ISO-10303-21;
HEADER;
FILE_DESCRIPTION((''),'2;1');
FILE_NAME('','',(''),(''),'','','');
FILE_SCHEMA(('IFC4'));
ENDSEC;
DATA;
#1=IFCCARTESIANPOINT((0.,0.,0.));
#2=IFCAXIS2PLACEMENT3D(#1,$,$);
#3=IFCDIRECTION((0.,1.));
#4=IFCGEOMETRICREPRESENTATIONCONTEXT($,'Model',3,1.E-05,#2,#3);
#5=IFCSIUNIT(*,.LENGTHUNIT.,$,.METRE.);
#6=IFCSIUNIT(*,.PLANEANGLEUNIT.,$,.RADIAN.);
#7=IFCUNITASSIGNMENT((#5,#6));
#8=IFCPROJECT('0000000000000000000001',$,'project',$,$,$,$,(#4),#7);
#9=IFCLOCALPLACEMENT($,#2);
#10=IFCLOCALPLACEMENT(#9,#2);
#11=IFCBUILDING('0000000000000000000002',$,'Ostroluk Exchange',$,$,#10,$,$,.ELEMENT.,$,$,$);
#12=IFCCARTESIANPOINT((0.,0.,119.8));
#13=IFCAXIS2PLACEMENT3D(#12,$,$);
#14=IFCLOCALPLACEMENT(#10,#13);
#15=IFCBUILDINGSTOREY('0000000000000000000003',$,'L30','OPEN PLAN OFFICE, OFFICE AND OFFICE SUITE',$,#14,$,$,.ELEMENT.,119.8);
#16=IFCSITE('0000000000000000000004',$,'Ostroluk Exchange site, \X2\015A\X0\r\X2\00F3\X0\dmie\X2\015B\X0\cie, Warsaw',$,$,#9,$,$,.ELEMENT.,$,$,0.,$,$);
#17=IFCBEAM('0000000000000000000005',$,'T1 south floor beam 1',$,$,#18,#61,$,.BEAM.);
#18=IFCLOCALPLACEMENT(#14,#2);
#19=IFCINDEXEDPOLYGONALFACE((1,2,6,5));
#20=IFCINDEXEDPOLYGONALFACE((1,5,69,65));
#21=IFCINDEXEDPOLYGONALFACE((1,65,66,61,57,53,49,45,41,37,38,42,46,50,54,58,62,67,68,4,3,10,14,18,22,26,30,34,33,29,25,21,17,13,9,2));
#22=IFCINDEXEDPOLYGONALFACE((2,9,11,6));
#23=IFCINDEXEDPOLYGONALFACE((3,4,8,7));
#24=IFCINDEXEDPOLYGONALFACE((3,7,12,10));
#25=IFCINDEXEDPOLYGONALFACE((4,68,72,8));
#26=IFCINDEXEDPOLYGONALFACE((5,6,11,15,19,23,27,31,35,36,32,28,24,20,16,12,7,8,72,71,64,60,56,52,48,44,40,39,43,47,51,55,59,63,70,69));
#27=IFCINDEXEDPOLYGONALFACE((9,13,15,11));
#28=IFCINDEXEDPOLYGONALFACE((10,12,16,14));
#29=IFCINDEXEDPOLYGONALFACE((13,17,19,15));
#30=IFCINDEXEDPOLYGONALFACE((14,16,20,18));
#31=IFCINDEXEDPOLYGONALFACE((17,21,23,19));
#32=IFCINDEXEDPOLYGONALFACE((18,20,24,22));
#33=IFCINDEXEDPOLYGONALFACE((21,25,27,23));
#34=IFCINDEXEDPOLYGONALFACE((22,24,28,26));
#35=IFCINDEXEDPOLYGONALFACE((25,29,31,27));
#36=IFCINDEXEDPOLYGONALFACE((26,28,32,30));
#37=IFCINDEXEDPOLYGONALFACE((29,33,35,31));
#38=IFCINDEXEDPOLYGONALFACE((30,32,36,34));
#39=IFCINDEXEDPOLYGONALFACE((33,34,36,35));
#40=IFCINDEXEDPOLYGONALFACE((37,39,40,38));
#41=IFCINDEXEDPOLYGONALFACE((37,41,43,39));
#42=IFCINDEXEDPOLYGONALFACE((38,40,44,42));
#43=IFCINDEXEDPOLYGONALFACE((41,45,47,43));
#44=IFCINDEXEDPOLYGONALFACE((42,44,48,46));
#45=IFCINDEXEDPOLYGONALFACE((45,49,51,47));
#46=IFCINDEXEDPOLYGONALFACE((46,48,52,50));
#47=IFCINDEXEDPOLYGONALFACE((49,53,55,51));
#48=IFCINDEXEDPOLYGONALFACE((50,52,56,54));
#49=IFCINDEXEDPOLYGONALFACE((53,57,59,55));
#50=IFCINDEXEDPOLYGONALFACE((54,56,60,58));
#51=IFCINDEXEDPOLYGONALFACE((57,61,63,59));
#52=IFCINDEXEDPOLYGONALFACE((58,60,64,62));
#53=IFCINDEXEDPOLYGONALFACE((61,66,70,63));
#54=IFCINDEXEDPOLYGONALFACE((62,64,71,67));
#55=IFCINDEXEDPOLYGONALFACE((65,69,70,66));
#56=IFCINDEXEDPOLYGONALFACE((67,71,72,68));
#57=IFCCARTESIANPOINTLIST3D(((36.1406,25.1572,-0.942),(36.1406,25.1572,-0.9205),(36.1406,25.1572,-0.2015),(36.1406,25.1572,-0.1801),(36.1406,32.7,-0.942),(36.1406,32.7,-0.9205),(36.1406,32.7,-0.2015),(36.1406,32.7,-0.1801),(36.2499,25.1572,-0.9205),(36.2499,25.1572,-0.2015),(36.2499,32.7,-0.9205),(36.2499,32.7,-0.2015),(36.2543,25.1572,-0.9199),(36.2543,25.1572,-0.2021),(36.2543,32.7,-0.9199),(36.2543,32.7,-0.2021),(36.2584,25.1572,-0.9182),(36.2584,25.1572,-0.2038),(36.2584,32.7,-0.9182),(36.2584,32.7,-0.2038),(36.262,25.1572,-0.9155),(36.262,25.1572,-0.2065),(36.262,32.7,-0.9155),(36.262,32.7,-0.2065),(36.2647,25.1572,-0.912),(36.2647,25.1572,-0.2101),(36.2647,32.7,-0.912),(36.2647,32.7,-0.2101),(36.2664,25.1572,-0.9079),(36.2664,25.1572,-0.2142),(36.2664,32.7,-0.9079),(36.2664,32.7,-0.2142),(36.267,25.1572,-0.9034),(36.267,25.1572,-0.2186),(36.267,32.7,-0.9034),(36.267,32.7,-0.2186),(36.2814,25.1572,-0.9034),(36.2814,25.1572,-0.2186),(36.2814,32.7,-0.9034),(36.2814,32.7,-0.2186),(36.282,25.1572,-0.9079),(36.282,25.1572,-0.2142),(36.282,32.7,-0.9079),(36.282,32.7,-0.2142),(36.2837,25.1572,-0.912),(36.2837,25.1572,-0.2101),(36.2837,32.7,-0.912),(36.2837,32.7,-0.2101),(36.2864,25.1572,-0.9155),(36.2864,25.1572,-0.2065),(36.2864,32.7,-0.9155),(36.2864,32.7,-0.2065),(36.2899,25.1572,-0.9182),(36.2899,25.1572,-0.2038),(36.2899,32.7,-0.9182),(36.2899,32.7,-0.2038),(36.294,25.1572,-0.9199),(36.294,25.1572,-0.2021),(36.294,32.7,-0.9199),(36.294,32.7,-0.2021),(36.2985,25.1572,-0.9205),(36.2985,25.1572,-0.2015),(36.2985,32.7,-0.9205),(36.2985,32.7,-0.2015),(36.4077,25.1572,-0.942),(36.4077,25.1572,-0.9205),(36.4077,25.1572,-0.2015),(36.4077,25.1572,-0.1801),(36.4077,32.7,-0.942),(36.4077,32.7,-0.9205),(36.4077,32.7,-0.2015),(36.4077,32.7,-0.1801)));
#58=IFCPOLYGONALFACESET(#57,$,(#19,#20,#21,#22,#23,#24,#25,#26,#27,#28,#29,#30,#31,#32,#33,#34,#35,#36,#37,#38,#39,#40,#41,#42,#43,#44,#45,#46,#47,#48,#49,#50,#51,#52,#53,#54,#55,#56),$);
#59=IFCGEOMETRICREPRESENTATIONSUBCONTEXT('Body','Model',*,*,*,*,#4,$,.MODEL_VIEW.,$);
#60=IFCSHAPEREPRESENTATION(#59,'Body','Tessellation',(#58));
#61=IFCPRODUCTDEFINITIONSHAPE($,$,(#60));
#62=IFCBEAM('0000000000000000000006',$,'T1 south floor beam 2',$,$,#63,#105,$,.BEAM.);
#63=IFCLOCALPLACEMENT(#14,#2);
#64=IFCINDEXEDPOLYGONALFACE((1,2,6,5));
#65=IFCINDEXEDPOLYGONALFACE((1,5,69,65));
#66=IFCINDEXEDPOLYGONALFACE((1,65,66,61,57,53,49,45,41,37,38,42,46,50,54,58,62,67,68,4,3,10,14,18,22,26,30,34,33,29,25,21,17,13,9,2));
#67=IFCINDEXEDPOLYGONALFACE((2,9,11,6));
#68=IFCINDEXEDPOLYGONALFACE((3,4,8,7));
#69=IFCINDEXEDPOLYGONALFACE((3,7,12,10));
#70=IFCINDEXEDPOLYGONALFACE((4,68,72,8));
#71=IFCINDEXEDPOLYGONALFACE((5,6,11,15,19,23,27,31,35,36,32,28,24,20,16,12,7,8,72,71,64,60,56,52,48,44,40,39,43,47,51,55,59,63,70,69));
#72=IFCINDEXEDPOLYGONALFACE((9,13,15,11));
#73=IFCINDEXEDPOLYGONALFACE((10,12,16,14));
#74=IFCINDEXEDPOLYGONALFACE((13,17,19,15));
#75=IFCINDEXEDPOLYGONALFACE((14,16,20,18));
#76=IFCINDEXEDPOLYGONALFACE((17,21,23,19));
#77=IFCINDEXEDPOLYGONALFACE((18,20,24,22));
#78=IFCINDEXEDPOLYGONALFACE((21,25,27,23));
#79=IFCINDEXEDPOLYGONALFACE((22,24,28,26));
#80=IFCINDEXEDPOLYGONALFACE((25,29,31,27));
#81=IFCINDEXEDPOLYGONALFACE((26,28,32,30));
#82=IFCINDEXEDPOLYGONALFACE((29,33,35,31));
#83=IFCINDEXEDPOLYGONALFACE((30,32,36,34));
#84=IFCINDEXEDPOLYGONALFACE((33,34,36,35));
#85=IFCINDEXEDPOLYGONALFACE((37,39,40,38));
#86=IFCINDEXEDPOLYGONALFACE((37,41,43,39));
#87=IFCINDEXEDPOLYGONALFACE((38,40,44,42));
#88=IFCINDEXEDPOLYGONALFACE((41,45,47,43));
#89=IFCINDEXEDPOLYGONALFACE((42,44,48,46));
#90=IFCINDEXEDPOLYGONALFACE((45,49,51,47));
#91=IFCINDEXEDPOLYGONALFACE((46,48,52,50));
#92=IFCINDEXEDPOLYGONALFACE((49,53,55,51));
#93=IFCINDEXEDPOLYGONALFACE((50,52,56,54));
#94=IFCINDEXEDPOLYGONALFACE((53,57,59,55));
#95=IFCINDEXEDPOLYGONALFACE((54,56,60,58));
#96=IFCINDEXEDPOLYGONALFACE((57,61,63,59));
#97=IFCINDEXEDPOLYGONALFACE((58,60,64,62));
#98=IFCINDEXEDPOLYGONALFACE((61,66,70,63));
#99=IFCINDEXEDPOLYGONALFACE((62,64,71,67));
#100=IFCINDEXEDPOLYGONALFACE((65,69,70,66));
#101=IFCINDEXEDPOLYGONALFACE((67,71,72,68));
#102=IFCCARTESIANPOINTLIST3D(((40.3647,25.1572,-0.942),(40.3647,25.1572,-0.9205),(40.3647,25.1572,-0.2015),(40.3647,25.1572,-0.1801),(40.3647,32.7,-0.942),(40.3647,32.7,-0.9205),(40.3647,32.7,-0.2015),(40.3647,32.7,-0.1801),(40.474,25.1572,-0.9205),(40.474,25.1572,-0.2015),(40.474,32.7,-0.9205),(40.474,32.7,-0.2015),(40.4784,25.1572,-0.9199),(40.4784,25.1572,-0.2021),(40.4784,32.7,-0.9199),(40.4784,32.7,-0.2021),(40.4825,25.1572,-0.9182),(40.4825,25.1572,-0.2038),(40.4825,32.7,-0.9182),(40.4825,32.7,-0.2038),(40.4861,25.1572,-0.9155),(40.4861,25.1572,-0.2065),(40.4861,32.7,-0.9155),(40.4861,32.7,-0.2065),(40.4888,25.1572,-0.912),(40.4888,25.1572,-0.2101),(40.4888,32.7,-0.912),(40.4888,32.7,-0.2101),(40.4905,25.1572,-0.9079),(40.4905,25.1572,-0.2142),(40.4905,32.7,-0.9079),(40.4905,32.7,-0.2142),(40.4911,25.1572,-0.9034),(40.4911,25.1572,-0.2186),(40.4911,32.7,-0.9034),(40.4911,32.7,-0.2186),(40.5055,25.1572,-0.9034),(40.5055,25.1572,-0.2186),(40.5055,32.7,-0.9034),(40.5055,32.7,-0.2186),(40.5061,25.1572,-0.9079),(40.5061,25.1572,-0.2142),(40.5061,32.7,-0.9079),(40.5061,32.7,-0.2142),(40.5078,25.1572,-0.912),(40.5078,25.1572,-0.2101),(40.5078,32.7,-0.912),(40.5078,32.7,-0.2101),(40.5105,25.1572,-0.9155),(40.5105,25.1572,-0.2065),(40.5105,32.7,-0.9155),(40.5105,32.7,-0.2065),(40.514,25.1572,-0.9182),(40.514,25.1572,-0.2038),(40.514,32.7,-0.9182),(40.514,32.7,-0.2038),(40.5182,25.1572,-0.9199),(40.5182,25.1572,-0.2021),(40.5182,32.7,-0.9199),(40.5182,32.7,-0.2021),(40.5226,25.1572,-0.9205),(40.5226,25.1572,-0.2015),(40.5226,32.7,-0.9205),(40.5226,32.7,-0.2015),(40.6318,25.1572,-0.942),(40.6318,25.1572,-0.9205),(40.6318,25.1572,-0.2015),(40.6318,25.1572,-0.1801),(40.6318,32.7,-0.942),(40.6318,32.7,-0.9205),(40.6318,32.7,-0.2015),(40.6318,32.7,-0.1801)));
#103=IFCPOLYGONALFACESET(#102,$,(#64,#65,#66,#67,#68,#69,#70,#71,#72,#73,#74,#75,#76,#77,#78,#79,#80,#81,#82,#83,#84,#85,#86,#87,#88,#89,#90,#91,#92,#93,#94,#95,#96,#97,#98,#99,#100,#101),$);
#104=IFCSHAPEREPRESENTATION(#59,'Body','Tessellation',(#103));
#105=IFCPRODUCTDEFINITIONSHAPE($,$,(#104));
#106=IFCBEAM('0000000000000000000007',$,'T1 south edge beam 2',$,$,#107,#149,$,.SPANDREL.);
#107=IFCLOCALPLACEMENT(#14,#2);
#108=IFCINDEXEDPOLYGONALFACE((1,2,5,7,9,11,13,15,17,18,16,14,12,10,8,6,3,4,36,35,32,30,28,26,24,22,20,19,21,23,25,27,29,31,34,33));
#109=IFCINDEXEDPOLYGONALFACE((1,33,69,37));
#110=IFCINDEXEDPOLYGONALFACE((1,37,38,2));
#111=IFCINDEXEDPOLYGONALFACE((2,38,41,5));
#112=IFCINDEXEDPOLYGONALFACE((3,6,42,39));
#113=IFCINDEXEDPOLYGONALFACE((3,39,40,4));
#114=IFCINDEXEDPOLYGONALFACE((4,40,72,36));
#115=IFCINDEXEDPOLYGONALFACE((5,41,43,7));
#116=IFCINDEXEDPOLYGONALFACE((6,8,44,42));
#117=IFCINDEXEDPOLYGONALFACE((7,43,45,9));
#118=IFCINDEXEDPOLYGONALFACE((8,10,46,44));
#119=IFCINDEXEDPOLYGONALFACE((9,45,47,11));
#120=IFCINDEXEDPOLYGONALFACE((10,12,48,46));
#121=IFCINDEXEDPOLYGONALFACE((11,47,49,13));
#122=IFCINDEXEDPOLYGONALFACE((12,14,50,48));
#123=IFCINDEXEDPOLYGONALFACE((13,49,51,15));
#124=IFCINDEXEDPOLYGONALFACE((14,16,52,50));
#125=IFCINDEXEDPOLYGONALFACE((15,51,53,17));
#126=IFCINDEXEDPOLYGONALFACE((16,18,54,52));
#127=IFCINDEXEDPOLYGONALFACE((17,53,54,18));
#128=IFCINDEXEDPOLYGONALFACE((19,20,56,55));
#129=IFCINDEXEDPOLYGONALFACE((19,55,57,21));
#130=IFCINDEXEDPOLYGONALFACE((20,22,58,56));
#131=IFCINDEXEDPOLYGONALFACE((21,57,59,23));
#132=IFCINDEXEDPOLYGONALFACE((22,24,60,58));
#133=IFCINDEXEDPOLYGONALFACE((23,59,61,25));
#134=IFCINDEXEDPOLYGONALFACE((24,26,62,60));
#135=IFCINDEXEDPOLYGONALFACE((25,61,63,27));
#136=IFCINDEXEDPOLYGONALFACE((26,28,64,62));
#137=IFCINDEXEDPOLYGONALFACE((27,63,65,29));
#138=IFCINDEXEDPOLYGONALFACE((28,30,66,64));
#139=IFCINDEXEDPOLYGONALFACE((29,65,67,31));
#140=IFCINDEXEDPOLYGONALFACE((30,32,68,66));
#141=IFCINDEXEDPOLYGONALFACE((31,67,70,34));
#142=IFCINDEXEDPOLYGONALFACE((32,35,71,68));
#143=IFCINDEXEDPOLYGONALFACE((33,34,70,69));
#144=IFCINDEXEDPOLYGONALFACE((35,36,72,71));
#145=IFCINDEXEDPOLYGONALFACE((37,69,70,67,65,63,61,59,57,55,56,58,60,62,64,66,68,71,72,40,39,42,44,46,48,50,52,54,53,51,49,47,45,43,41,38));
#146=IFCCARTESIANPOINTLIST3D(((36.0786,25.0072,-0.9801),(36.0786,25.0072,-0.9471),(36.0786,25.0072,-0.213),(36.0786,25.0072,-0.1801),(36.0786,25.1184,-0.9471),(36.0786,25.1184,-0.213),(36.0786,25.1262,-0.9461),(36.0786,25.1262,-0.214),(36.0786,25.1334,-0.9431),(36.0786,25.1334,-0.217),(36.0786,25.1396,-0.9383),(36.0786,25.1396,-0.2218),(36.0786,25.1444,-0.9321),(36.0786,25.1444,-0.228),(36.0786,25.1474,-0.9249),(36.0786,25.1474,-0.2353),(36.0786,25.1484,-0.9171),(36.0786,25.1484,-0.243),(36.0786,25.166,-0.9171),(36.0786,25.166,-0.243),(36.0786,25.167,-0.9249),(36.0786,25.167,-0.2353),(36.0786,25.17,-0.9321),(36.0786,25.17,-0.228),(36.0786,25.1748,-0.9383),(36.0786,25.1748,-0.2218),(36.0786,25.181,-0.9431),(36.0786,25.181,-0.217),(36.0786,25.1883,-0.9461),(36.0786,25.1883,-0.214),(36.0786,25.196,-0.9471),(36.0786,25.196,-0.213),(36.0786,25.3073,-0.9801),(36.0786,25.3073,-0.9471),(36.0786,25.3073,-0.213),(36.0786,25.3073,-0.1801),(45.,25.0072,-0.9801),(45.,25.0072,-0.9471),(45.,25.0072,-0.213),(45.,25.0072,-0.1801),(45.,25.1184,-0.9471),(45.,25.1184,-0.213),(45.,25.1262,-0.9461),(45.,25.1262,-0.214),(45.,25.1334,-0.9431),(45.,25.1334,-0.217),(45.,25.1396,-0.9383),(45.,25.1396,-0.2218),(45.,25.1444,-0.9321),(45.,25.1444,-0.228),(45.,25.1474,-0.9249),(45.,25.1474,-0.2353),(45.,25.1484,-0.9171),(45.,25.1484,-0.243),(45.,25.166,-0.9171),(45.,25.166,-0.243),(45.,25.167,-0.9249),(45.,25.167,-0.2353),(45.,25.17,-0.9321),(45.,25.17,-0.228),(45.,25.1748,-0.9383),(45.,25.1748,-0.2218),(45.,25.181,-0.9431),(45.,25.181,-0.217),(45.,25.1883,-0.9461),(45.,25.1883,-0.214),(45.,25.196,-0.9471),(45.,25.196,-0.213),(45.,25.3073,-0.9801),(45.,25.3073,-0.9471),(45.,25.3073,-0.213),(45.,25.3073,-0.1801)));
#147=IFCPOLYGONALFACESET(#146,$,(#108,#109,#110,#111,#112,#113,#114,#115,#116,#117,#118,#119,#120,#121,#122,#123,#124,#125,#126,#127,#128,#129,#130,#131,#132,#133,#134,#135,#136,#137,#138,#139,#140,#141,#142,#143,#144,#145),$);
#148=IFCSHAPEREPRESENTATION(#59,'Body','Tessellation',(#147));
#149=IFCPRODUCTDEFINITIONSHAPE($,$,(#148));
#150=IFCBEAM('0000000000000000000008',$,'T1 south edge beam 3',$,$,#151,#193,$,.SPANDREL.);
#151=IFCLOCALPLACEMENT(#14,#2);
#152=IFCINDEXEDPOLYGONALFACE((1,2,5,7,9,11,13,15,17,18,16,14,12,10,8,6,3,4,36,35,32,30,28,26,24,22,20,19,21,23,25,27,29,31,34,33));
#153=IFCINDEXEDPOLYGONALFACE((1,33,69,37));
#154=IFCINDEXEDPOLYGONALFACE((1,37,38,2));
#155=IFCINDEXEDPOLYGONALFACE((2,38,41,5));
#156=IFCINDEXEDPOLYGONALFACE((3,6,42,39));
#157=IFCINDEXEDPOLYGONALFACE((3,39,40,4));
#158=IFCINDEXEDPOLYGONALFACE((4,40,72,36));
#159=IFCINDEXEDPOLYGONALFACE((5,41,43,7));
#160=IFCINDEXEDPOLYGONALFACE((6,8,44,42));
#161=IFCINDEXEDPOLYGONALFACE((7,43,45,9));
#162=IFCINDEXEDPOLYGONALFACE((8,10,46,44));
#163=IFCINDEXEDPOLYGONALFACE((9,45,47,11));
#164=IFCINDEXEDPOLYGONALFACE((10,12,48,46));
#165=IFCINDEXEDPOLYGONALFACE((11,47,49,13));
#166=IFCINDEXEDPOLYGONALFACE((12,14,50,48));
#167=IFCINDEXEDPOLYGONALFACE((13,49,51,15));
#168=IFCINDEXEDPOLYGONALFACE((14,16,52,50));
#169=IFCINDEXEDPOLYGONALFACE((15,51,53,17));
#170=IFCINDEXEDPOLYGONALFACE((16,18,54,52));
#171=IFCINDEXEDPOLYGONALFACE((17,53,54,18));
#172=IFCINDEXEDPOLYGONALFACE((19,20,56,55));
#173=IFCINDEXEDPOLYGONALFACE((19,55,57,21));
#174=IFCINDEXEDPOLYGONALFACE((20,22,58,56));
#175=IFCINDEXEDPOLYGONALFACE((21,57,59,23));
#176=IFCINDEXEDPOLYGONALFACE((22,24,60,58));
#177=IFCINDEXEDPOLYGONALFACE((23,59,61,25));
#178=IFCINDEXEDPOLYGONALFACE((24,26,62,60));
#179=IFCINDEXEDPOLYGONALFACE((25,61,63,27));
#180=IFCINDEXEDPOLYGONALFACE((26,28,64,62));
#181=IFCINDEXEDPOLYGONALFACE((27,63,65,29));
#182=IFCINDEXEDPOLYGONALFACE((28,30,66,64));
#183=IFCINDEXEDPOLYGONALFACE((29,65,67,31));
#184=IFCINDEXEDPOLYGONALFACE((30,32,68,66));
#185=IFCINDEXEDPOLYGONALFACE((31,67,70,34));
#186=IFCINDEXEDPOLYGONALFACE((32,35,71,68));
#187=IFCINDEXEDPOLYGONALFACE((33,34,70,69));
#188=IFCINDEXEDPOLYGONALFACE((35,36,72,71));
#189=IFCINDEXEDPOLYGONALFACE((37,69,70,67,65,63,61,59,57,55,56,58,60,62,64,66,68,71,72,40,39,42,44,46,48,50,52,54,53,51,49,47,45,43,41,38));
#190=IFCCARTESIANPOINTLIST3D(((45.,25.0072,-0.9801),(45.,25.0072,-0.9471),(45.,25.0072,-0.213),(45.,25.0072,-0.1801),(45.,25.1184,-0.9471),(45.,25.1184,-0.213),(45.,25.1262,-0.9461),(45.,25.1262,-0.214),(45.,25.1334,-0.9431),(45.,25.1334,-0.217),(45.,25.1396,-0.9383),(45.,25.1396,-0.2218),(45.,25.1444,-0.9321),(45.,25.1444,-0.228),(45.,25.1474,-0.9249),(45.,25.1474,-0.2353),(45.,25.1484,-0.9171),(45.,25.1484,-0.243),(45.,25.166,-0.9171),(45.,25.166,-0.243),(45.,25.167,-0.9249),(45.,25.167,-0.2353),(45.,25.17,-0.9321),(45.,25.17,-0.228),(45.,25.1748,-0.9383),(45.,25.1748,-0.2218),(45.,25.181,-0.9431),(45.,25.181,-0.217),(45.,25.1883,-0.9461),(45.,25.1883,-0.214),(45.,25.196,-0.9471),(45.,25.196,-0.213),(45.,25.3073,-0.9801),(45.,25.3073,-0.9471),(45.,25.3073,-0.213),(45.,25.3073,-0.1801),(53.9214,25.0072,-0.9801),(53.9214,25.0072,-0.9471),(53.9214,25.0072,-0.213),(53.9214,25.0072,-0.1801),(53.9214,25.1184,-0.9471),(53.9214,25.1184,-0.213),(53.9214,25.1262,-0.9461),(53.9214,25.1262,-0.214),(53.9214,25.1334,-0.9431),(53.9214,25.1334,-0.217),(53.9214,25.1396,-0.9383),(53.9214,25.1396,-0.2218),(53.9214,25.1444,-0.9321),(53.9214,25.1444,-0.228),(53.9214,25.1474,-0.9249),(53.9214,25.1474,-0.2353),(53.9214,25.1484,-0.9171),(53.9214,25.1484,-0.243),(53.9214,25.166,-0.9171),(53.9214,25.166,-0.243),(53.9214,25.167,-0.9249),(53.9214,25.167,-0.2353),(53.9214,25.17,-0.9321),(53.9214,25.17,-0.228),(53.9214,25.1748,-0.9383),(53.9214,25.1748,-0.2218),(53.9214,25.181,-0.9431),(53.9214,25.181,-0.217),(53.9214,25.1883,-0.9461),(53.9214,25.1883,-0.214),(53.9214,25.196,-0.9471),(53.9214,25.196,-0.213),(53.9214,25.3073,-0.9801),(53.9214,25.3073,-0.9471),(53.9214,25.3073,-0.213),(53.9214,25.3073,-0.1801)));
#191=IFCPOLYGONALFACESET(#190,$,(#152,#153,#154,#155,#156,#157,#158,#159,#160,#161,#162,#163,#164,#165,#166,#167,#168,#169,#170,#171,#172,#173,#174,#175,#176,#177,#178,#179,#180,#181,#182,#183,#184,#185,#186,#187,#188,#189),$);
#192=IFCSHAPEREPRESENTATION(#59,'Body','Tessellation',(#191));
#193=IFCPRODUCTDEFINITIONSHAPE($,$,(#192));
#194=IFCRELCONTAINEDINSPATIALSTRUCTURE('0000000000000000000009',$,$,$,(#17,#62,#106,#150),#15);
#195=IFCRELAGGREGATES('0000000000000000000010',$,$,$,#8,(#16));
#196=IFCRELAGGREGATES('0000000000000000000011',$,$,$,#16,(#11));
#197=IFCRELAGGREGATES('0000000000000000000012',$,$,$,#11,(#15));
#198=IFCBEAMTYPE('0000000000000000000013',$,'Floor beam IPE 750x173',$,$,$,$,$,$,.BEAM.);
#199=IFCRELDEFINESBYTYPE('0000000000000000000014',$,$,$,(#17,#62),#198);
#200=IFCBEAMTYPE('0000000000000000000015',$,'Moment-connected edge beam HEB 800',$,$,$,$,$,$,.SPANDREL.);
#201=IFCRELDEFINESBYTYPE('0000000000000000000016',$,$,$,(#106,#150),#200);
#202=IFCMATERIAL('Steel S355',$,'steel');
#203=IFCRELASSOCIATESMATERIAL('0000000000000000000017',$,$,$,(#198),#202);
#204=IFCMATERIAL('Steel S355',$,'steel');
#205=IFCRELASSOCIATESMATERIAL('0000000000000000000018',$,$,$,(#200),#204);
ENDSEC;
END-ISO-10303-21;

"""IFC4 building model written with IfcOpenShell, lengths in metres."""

from ifc_helpers import new_model, si_unit, direction, frame, origin, origin_2d, place, context, subcontext, project, spatial, i_section, extrude, material, material_profile, profile_set, type_object, element, save


model = new_model("IFC4")

# Units and contexts
model_context = context("Model", 3, precision=1e-05, world=origin(), true_north=direction((0.0, 1.0)))
body_context = subcontext(model_context, "Body", "Model", "MODEL_VIEW")
ifc_project = project(units=[si_unit("LENGTHUNIT", "METRE"), si_unit("PLANEANGLEUNIT", "RADIAN")], contexts=[model_context])

# Site, building, storey
site_placement = place(None, origin())
site = spatial("IfcSite", under=ifc_project, at=site_placement, Name="Ostroluk Exchange site, Śródmieście, Warsaw", CompositionType="ELEMENT", RefElevation=0.0)
building_placement = place(site_placement, origin())
building = spatial("IfcBuilding", under=site, at=building_placement, Name="Ostroluk Exchange", CompositionType="ELEMENT")
storey_placement = place(building_placement, frame((0.0, 0.0, 119.8)))
storey = spatial("IfcBuildingStorey", under=building, at=storey_placement, Name="L30", Description="OPEN PLAN OFFICE, OFFICE AND OFFICE SUITE", CompositionType="ELEMENT", Elevation=119.8)

# Beams
ifc_material_1 = material(Name="Steel S355", Category="steel")
ifc_material_profile_1 = material_profile(ifc_material_1, i_section(OverallWidth=0.2671, OverallDepth=0.762, WebThickness=0.0144, FlangeThickness=0.0215, FilletRadius=0.0171, at=origin_2d()), Name="IPE 750x173")
ifc_profile_set_1 = profile_set([ifc_material_profile_1], Name="Steel S355")
beam_type_1 = type_object("IfcBeamType", Name="Floor beam IPE 750x173", PredefinedType="BEAM", material=ifc_profile_set_1)
for number, where, z_axis, x_axis, name in (
    (1, (36.2742, 32.7, -0.561), (0.0, -1.0, 0.0), (1.0, 0.0, 0.0), "T1 south floor beam 1"),
    (2, (40.4983, 32.7, -0.561), (0.0, -1.0, 0.0), (1.0, 0.0, 0.0), "T1 south floor beam 2"),
):
    element("IfcBeam", number, at=place(storey_placement, frame(where, z_axis=z_axis, x_axis=x_axis)), inside=storey, type_object=beam_type_1, Name=name, PredefinedType="BEAM", context=body_context, shape_type="SweptSolid", body=[
        extrude(i_section(OverallWidth=0.2671, OverallDepth=0.762, WebThickness=0.0144, FlangeThickness=0.0215, FilletRadius=0.0171, at=origin_2d()), origin(), (0.0, 0.0, 1.0), 7.5427),
    ])
ifc_material_2 = material(Name="Steel S355", Category="steel")
ifc_material_profile_2 = material_profile(ifc_material_2, i_section(OverallWidth=0.3, OverallDepth=0.8, WebThickness=0.0176, FlangeThickness=0.033, FilletRadius=0.03, at=origin_2d()), Name="HEB 800")
ifc_profile_set_2 = profile_set([ifc_material_profile_2], Name="Steel S355")
beam_type_2 = type_object("IfcBeamType", Name="Moment-connected edge beam HEB 800", PredefinedType="SPANDREL", material=ifc_profile_set_2)
for number, where, z_axis, x_axis, name in (
    (3, (36.0786, 25.1572, -0.5801), (1.0, 0.0, 0.0), (0.0, 1.0, 0.0), "T1 south edge beam 2"),
    (4, (45.0, 25.1572, -0.5801), (1.0, 0.0, 0.0), (0.0, 1.0, 0.0), "T1 south edge beam 3"),
):
    element("IfcBeam", number, at=place(storey_placement, frame(where, z_axis=z_axis, x_axis=x_axis)), inside=storey, type_object=beam_type_2, Name=name, PredefinedType="SPANDREL", context=body_context, shape_type="SweptSolid", body=[
        extrude(i_section(OverallWidth=0.3, OverallDepth=0.8, WebThickness=0.0176, FlangeThickness=0.033, FilletRadius=0.03, at=origin_2d()), origin(), (0.0, 0.0, 1.0), 8.9214),
    ])

save(model, "model.ifc")
